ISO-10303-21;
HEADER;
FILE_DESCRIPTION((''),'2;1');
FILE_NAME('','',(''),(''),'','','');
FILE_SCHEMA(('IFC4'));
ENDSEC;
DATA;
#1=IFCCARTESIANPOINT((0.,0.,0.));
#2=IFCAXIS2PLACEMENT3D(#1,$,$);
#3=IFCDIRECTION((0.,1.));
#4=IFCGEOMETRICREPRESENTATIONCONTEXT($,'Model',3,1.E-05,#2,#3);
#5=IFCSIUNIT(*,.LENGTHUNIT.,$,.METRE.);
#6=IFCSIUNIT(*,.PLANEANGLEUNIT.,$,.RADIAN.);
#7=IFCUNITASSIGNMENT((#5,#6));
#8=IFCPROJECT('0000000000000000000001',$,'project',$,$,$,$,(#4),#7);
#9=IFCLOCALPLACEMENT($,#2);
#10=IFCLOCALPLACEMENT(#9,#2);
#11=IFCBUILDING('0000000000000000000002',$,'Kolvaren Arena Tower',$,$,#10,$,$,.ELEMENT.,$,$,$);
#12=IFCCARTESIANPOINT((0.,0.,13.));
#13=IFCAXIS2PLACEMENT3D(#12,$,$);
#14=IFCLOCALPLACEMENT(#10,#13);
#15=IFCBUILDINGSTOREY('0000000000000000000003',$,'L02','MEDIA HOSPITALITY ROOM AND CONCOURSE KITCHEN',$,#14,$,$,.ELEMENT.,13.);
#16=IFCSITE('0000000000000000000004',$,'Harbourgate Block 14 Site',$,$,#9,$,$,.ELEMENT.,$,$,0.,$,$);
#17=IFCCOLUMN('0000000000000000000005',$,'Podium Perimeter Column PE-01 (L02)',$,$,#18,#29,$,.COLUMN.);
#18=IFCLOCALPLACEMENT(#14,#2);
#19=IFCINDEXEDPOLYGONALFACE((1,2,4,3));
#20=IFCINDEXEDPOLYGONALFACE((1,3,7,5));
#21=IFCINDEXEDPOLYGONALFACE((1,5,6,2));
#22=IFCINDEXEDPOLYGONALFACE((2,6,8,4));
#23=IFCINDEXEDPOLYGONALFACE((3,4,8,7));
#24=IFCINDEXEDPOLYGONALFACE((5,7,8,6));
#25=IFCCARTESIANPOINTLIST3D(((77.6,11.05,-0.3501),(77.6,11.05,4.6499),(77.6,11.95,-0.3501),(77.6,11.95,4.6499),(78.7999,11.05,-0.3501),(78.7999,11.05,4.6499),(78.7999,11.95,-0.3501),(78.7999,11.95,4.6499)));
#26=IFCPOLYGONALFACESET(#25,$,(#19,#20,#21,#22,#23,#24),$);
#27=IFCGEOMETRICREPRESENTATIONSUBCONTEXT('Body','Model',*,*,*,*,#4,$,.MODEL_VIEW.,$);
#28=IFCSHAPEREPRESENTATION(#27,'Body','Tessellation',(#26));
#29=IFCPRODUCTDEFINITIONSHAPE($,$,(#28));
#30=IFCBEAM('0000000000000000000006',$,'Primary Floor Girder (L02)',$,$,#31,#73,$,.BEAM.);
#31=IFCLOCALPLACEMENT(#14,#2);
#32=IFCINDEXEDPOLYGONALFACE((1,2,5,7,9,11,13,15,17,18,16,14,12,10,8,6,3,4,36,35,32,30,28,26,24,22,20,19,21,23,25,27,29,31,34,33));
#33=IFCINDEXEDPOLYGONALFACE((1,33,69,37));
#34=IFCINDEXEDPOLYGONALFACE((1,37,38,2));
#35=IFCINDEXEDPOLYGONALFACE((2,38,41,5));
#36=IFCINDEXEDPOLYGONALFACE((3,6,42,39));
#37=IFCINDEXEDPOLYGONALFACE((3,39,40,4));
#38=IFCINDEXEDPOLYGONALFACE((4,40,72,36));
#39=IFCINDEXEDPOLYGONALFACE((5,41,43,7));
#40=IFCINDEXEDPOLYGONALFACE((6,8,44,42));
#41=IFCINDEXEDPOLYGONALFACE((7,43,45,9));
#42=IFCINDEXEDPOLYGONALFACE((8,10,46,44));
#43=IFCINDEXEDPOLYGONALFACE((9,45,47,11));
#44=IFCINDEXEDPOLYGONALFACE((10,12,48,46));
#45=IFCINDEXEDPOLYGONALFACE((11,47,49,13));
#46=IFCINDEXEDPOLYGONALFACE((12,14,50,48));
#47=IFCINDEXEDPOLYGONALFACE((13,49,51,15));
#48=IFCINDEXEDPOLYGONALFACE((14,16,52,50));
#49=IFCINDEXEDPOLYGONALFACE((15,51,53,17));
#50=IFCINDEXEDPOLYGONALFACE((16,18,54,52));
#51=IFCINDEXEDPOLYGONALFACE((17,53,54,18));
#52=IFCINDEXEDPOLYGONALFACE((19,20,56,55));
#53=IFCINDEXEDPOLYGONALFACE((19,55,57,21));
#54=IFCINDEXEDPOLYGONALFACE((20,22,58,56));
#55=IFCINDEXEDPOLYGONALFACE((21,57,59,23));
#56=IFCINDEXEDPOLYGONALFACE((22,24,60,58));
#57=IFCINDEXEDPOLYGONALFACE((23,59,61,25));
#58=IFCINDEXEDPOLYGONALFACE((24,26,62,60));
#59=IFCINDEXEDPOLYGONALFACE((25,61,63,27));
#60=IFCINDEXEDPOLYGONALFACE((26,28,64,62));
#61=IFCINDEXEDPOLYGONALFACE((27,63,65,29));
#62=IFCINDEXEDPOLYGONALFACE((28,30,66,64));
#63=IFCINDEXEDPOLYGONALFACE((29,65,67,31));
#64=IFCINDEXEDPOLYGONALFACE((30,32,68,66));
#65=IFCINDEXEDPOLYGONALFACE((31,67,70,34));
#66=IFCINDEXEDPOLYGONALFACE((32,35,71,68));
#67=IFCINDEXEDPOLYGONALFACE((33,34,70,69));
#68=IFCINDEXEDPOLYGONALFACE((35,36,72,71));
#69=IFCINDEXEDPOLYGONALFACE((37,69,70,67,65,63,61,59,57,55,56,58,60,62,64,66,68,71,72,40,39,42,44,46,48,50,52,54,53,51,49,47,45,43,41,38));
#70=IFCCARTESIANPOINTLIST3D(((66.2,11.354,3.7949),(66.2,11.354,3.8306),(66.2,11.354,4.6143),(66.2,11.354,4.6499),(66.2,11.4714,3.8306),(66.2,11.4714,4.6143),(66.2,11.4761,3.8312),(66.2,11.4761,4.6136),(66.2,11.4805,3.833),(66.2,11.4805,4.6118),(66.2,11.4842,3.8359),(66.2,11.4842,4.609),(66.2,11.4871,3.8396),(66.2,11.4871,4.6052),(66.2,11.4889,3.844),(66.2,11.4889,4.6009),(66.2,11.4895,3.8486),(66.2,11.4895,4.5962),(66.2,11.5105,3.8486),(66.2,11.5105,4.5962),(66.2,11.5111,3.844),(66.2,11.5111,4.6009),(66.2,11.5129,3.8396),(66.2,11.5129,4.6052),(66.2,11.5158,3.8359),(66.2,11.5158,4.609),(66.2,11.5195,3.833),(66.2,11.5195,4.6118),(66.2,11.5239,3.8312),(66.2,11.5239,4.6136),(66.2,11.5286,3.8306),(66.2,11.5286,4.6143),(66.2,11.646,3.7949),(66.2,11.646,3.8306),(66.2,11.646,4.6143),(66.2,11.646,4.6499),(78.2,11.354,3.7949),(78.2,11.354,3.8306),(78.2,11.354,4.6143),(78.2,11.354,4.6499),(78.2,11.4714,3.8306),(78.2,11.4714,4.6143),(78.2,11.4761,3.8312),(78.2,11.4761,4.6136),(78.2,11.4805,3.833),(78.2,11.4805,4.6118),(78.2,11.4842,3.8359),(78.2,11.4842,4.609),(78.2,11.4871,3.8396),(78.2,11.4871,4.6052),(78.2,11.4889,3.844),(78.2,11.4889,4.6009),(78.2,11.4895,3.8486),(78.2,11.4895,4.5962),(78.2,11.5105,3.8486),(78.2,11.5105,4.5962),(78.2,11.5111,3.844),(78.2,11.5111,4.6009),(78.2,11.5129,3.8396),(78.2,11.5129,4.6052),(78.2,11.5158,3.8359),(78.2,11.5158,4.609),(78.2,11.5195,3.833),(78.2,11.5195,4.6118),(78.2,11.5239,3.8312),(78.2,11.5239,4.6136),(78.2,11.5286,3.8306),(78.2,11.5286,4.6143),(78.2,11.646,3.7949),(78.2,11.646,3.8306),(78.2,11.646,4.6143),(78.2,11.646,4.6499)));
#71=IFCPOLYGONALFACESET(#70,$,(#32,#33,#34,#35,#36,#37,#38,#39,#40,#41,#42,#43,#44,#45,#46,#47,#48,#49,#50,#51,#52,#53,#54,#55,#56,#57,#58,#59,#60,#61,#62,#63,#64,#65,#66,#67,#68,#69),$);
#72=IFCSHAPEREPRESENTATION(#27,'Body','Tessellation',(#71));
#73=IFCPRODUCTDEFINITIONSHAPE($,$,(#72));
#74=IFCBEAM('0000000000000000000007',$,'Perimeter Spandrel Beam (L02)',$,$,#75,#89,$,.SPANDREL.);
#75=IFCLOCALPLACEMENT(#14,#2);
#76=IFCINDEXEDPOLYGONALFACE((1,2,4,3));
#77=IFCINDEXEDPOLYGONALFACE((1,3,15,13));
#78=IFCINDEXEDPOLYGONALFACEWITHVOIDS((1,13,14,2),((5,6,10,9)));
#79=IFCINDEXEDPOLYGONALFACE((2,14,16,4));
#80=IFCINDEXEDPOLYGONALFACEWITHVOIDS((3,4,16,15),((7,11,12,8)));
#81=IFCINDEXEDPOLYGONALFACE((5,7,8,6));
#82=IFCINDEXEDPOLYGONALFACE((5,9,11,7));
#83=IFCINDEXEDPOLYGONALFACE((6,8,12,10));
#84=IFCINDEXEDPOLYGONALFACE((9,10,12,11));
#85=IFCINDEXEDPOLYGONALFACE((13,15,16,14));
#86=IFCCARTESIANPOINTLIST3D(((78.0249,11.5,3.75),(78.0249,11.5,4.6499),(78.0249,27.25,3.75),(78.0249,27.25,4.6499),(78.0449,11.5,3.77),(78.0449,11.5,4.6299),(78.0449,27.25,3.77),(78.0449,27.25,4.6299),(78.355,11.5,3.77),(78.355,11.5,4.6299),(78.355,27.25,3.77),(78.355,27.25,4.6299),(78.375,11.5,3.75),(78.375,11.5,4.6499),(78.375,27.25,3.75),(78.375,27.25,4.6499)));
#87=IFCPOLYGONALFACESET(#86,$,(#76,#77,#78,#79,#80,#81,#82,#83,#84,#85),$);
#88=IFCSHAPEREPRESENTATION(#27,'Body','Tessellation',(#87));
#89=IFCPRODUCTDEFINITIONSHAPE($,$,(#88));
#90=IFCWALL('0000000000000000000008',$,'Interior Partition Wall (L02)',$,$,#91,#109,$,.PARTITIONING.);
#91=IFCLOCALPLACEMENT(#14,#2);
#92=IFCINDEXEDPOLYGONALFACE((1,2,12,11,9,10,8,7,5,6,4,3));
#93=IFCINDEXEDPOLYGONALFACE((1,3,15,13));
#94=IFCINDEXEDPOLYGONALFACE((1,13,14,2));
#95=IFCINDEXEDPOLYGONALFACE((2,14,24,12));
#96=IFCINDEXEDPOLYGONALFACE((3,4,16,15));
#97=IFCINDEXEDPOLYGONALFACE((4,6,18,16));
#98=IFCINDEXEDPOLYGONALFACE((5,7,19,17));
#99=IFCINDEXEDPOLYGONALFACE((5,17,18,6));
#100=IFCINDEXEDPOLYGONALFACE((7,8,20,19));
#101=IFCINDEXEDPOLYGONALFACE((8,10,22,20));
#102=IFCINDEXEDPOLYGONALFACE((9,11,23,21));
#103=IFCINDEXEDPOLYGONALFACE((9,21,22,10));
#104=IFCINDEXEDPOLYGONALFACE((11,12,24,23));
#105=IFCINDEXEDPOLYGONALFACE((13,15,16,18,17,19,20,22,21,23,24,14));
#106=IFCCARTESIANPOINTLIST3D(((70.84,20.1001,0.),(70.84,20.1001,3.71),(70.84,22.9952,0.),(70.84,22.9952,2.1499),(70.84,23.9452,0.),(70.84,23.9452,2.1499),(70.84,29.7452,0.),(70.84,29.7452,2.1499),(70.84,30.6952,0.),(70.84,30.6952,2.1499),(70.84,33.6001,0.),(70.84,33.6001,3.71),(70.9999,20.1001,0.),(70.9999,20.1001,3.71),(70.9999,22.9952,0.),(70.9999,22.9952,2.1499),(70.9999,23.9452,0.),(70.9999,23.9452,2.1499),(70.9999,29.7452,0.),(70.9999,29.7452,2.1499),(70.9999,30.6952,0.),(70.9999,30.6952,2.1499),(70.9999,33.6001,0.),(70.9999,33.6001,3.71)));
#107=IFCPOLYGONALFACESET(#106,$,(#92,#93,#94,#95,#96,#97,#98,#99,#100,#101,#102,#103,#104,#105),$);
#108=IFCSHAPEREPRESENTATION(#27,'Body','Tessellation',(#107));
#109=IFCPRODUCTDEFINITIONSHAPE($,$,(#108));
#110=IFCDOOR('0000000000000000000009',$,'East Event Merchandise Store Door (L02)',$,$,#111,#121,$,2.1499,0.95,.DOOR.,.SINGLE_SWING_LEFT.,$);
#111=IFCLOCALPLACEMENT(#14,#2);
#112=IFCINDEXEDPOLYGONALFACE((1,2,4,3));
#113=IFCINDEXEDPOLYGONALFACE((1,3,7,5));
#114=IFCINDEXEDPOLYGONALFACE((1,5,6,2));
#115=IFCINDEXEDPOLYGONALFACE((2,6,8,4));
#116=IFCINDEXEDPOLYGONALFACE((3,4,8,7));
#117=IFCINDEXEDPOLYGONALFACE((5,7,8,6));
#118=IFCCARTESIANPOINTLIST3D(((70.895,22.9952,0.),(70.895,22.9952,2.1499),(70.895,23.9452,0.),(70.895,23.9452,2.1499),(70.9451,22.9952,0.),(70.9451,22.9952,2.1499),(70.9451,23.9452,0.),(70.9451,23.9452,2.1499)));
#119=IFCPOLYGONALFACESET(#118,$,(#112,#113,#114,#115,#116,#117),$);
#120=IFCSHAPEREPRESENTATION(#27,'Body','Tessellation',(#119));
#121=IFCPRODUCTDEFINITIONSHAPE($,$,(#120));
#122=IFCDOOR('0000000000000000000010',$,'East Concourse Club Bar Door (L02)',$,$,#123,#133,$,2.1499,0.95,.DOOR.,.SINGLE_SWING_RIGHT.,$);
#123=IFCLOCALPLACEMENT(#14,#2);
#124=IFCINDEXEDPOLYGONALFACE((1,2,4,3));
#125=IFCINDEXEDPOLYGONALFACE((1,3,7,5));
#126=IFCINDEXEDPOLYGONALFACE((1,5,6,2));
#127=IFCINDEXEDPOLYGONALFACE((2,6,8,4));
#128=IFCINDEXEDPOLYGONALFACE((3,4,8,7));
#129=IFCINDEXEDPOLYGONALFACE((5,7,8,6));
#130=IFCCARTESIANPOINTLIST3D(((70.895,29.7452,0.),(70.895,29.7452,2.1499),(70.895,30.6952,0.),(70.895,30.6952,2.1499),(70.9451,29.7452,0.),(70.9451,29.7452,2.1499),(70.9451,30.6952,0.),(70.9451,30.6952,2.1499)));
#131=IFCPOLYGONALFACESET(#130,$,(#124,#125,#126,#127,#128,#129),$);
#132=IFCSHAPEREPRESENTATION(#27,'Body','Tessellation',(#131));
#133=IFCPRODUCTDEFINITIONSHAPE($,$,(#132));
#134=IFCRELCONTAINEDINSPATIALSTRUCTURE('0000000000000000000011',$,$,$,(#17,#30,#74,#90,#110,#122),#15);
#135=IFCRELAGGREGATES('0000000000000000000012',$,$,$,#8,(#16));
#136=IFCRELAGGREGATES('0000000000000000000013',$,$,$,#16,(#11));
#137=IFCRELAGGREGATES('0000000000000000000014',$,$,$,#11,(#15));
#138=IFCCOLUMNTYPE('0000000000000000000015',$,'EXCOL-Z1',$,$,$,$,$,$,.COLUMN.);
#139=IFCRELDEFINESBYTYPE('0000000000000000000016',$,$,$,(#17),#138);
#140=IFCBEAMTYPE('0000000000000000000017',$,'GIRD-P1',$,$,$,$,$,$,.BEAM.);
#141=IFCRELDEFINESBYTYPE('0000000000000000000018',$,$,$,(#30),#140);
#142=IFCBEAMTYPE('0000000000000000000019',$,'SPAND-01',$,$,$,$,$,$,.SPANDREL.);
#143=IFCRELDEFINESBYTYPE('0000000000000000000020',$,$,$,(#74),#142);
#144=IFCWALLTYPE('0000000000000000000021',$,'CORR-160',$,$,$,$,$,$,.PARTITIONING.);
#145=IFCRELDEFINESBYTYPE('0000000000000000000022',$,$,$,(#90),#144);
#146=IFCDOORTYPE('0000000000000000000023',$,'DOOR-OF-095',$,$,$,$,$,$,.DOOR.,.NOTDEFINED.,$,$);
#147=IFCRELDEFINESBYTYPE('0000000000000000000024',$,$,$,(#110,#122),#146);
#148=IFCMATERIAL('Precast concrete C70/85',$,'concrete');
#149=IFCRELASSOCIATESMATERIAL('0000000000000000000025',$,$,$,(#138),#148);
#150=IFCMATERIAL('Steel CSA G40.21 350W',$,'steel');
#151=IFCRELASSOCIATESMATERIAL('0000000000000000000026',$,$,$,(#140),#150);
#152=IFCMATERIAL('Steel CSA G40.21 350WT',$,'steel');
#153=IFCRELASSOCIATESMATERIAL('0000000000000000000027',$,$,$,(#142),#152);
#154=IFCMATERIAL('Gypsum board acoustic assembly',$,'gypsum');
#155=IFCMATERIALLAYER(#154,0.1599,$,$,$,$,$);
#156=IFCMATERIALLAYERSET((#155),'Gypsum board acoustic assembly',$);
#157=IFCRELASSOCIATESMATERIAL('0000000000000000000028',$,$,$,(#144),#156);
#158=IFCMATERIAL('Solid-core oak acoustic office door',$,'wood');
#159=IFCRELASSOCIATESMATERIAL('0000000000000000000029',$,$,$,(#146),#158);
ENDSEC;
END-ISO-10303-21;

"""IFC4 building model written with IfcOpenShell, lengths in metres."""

from ifc_helpers import new_model, si_unit, direction, frame, frame_2d, origin, origin_2d, place, context, subcontext, project, spatial, rectangle, hollow_rectangle, i_section, extrude, material, layer, layer_set, material_profile, profile_set, type_object, element, fill, save


model = new_model("IFC4")

# Units and contexts
model_context = context("Model", 3, precision=1e-05, world=origin(), true_north=direction((0.0, 1.0)))
body_context = subcontext(model_context, "Body", "Model", "MODEL_VIEW")
ifc_project = project(units=[si_unit("LENGTHUNIT", "METRE"), si_unit("PLANEANGLEUNIT", "RADIAN")], contexts=[model_context])

# Site, building, storey
site_placement = place(None, origin())
site = spatial("IfcSite", under=ifc_project, at=site_placement, Name="Harbourgate Block 14 Site", CompositionType="ELEMENT", RefElevation=0.0)
building_placement = place(site_placement, origin())
building = spatial("IfcBuilding", under=site, at=building_placement, Name="Kolvaren Arena Tower", CompositionType="ELEMENT")
storey_placement = place(building_placement, frame((0.0, 0.0, 13.0)))
storey = spatial("IfcBuildingStorey", under=building, at=storey_placement, Name="L02", Description="MEDIA HOSPITALITY ROOM AND CONCOURSE KITCHEN", CompositionType="ELEMENT", Elevation=13.0)

# Column
ifc_material_1 = material(Name="Precast concrete C70/85", Category="concrete")
ifc_material_profile_1 = material_profile(ifc_material_1, rectangle(XDim=1.2, YDim=0.8999, at=origin_2d()), Name="RC-1200x900")
ifc_profile_set_1 = profile_set([ifc_material_profile_1], Name="Precast concrete C70/85")
column_type = type_object("IfcColumnType", Name="EXCOL-Z1", PredefinedType="COLUMN", material=ifc_profile_set_1)
column_placement = place(storey_placement, frame((78.2, 11.5, -0.3501), z_axis=(0.0, 0.0, 1.0), x_axis=(1.0, 0.0, 0.0)))
element("IfcColumn", 1, at=column_placement, inside=storey, type_object=column_type, Name="Podium Perimeter Column PE-01 (L02)", PredefinedType="COLUMN", context=body_context, shape_type="SweptSolid", body=[
    extrude(rectangle(XDim=1.2, YDim=0.8999, at=origin_2d()), origin(), (0.0, 0.0, 1.0), 5.0),
])

# Beams
ifc_material_2 = material(Name="Steel CSA G40.21 350W", Category="steel")
ifc_material_profile_2 = material_profile(ifc_material_2, i_section(OverallWidth=0.292, OverallDepth=0.855, WebThickness=0.021, FlangeThickness=0.0356, FilletRadius=0.0181, at=origin_2d()), Name="W840x299")
ifc_profile_set_2 = profile_set([ifc_material_profile_2], Name="Steel CSA G40.21 350W")
beam_type_1 = type_object("IfcBeamType", Name="GIRD-P1", PredefinedType="BEAM", material=ifc_profile_set_2)
beam_1_placement = place(storey_placement, frame((66.2, 11.5, 4.2224), z_axis=(1.0, 0.0, 0.0), x_axis=(0.0, 1.0, 0.0)))
element("IfcBeam", 2, at=beam_1_placement, inside=storey, type_object=beam_type_1, Name="Primary Floor Girder (L02)", PredefinedType="BEAM", context=body_context, shape_type="SweptSolid", body=[
    extrude(i_section(OverallWidth=0.292, OverallDepth=0.855, WebThickness=0.021, FlangeThickness=0.0356, FilletRadius=0.0181, at=origin_2d()), origin(), (0.0, 0.0, 1.0), 12.0),
])
ifc_material_3 = material(Name="Steel CSA G40.21 350WT", Category="steel")
ifc_material_profile_3 = material_profile(ifc_material_3, hollow_rectangle(XDim=0.3501, YDim=0.8999, WallThickness=0.02, at=origin_2d()), Name="HSS 900x350x20")
ifc_profile_set_3 = profile_set([ifc_material_profile_3], Name="Steel CSA G40.21 350WT")
beam_type_2 = type_object("IfcBeamType", Name="SPAND-01", PredefinedType="SPANDREL", material=ifc_profile_set_3)
beam_2_placement = place(storey_placement, frame((78.2, 11.5, 4.2), z_axis=(0.0, 1.0, 0.0), x_axis=(-1.0, 0.0, 0.0)))
element("IfcBeam", 3, at=beam_2_placement, inside=storey, type_object=beam_type_2, Name="Perimeter Spandrel Beam (L02)", PredefinedType="SPANDREL", context=body_context, shape_type="SweptSolid", body=[
    extrude(hollow_rectangle(XDim=0.3501, YDim=0.8999, WallThickness=0.02, at=origin_2d()), origin(), (0.0, 0.0, 1.0), 15.75),
])

# Wall, openings, doors
ifc_material_4 = material(Name="Gypsum board acoustic assembly", Category="gypsum")
ifc_layer_1 = layer(ifc_material_4, 0.1599)
ifc_layer_set_1 = layer_set([ifc_layer_1], Name="Gypsum board acoustic assembly")
wall_type_1 = type_object("IfcWallType", Name="CORR-160", PredefinedType="PARTITIONING", material=ifc_layer_set_1)
wall_1_placement = place(storey_placement, frame((70.9199, 20.1001, 0.0), z_axis=(0.0, 0.0, 1.0), x_axis=(0.0, 1.0, 0.0)))
wall_1 = element("IfcWall", 4, at=wall_1_placement, inside=storey, type_object=wall_type_1, Name="Interior Partition Wall (L02)", PredefinedType="PARTITIONING", context=body_context, shape_type="SweptSolid", body=[
    extrude(rectangle(XDim=13.5, YDim=0.1599, at=frame_2d((6.75, 0.0))), origin(), (0.0, 0.0, 1.0), 3.71),
])
opening_1_placement = place(wall_1_placement, frame((2.895, 0.0, 0.0)))
opening_1 = element("IfcOpeningElement", 5, at=opening_1_placement, cuts=wall_1, PredefinedType="OPENING", context=body_context, shape_type="SweptSolid", body=[
    extrude(rectangle(XDim=0.95, YDim=2.1499, at=frame_2d((0.4751, 1.075))), frame((0.0, 0.0898, 0.0), z_axis=(0.0, -1.0, 0.0), x_axis=(1.0, 0.0, 0.0)), (0.0, 0.0, 1.0), 0.1799),
])
opening_2_placement = place(wall_1_placement, frame((9.645, 0.0, 0.0)))
opening_2 = element("IfcOpeningElement", 6, at=opening_2_placement, cuts=wall_1, PredefinedType="OPENING", context=body_context, shape_type="SweptSolid", body=[
    extrude(rectangle(XDim=0.95, YDim=2.1499, at=frame_2d((0.4751, 1.075))), frame((0.0, 0.0898, 0.0), z_axis=(0.0, -1.0, 0.0), x_axis=(1.0, 0.0, 0.0)), (0.0, 0.0, 1.0), 0.1799),
])
ifc_material_5 = material(Name="Solid-core oak acoustic office door", Category="wood")
door_type = type_object("IfcDoorType", Name="DOOR-OF-095", OperationType="NOTDEFINED", PredefinedType="DOOR", material=ifc_material_5)
door_1_placement = place(opening_1_placement, origin())
door_1 = element("IfcDoor", 7, at=door_1_placement, inside=storey, type_object=door_type, Name="East Event Merchandise Store Door (L02)", OperationType="SINGLE_SWING_LEFT", OverallHeight=2.1499, OverallWidth=0.95, PredefinedType="DOOR", context=body_context, shape_type="SweptSolid", body=[
    extrude(rectangle(XDim=0.95, YDim=2.1499, at=frame_2d((0.4751, 1.075))), frame((0.0, 0.0249, 0.0), z_axis=(0.0, -1.0, 0.0), x_axis=(1.0, 0.0, 0.0)), (0.0, 0.0, 1.0), 0.05),
])
fill(opening_1, door_1)
door_2_placement = place(opening_2_placement, origin())
door_2 = element("IfcDoor", 8, at=door_2_placement, inside=storey, type_object=door_type, Name="East Concourse Club Bar Door (L02)", OperationType="SINGLE_SWING_RIGHT", OverallHeight=2.1499, OverallWidth=0.95, PredefinedType="DOOR", context=body_context, shape_type="SweptSolid", body=[
    extrude(rectangle(XDim=0.95, YDim=2.1499, at=frame_2d((0.4751, 1.075))), frame((0.0, 0.0249, 0.0), z_axis=(0.0, -1.0, 0.0), x_axis=(1.0, 0.0, 0.0)), (0.0, 0.0, 1.0), 0.05),
])
fill(opening_2, door_2)

save(model, "model.ifc")
